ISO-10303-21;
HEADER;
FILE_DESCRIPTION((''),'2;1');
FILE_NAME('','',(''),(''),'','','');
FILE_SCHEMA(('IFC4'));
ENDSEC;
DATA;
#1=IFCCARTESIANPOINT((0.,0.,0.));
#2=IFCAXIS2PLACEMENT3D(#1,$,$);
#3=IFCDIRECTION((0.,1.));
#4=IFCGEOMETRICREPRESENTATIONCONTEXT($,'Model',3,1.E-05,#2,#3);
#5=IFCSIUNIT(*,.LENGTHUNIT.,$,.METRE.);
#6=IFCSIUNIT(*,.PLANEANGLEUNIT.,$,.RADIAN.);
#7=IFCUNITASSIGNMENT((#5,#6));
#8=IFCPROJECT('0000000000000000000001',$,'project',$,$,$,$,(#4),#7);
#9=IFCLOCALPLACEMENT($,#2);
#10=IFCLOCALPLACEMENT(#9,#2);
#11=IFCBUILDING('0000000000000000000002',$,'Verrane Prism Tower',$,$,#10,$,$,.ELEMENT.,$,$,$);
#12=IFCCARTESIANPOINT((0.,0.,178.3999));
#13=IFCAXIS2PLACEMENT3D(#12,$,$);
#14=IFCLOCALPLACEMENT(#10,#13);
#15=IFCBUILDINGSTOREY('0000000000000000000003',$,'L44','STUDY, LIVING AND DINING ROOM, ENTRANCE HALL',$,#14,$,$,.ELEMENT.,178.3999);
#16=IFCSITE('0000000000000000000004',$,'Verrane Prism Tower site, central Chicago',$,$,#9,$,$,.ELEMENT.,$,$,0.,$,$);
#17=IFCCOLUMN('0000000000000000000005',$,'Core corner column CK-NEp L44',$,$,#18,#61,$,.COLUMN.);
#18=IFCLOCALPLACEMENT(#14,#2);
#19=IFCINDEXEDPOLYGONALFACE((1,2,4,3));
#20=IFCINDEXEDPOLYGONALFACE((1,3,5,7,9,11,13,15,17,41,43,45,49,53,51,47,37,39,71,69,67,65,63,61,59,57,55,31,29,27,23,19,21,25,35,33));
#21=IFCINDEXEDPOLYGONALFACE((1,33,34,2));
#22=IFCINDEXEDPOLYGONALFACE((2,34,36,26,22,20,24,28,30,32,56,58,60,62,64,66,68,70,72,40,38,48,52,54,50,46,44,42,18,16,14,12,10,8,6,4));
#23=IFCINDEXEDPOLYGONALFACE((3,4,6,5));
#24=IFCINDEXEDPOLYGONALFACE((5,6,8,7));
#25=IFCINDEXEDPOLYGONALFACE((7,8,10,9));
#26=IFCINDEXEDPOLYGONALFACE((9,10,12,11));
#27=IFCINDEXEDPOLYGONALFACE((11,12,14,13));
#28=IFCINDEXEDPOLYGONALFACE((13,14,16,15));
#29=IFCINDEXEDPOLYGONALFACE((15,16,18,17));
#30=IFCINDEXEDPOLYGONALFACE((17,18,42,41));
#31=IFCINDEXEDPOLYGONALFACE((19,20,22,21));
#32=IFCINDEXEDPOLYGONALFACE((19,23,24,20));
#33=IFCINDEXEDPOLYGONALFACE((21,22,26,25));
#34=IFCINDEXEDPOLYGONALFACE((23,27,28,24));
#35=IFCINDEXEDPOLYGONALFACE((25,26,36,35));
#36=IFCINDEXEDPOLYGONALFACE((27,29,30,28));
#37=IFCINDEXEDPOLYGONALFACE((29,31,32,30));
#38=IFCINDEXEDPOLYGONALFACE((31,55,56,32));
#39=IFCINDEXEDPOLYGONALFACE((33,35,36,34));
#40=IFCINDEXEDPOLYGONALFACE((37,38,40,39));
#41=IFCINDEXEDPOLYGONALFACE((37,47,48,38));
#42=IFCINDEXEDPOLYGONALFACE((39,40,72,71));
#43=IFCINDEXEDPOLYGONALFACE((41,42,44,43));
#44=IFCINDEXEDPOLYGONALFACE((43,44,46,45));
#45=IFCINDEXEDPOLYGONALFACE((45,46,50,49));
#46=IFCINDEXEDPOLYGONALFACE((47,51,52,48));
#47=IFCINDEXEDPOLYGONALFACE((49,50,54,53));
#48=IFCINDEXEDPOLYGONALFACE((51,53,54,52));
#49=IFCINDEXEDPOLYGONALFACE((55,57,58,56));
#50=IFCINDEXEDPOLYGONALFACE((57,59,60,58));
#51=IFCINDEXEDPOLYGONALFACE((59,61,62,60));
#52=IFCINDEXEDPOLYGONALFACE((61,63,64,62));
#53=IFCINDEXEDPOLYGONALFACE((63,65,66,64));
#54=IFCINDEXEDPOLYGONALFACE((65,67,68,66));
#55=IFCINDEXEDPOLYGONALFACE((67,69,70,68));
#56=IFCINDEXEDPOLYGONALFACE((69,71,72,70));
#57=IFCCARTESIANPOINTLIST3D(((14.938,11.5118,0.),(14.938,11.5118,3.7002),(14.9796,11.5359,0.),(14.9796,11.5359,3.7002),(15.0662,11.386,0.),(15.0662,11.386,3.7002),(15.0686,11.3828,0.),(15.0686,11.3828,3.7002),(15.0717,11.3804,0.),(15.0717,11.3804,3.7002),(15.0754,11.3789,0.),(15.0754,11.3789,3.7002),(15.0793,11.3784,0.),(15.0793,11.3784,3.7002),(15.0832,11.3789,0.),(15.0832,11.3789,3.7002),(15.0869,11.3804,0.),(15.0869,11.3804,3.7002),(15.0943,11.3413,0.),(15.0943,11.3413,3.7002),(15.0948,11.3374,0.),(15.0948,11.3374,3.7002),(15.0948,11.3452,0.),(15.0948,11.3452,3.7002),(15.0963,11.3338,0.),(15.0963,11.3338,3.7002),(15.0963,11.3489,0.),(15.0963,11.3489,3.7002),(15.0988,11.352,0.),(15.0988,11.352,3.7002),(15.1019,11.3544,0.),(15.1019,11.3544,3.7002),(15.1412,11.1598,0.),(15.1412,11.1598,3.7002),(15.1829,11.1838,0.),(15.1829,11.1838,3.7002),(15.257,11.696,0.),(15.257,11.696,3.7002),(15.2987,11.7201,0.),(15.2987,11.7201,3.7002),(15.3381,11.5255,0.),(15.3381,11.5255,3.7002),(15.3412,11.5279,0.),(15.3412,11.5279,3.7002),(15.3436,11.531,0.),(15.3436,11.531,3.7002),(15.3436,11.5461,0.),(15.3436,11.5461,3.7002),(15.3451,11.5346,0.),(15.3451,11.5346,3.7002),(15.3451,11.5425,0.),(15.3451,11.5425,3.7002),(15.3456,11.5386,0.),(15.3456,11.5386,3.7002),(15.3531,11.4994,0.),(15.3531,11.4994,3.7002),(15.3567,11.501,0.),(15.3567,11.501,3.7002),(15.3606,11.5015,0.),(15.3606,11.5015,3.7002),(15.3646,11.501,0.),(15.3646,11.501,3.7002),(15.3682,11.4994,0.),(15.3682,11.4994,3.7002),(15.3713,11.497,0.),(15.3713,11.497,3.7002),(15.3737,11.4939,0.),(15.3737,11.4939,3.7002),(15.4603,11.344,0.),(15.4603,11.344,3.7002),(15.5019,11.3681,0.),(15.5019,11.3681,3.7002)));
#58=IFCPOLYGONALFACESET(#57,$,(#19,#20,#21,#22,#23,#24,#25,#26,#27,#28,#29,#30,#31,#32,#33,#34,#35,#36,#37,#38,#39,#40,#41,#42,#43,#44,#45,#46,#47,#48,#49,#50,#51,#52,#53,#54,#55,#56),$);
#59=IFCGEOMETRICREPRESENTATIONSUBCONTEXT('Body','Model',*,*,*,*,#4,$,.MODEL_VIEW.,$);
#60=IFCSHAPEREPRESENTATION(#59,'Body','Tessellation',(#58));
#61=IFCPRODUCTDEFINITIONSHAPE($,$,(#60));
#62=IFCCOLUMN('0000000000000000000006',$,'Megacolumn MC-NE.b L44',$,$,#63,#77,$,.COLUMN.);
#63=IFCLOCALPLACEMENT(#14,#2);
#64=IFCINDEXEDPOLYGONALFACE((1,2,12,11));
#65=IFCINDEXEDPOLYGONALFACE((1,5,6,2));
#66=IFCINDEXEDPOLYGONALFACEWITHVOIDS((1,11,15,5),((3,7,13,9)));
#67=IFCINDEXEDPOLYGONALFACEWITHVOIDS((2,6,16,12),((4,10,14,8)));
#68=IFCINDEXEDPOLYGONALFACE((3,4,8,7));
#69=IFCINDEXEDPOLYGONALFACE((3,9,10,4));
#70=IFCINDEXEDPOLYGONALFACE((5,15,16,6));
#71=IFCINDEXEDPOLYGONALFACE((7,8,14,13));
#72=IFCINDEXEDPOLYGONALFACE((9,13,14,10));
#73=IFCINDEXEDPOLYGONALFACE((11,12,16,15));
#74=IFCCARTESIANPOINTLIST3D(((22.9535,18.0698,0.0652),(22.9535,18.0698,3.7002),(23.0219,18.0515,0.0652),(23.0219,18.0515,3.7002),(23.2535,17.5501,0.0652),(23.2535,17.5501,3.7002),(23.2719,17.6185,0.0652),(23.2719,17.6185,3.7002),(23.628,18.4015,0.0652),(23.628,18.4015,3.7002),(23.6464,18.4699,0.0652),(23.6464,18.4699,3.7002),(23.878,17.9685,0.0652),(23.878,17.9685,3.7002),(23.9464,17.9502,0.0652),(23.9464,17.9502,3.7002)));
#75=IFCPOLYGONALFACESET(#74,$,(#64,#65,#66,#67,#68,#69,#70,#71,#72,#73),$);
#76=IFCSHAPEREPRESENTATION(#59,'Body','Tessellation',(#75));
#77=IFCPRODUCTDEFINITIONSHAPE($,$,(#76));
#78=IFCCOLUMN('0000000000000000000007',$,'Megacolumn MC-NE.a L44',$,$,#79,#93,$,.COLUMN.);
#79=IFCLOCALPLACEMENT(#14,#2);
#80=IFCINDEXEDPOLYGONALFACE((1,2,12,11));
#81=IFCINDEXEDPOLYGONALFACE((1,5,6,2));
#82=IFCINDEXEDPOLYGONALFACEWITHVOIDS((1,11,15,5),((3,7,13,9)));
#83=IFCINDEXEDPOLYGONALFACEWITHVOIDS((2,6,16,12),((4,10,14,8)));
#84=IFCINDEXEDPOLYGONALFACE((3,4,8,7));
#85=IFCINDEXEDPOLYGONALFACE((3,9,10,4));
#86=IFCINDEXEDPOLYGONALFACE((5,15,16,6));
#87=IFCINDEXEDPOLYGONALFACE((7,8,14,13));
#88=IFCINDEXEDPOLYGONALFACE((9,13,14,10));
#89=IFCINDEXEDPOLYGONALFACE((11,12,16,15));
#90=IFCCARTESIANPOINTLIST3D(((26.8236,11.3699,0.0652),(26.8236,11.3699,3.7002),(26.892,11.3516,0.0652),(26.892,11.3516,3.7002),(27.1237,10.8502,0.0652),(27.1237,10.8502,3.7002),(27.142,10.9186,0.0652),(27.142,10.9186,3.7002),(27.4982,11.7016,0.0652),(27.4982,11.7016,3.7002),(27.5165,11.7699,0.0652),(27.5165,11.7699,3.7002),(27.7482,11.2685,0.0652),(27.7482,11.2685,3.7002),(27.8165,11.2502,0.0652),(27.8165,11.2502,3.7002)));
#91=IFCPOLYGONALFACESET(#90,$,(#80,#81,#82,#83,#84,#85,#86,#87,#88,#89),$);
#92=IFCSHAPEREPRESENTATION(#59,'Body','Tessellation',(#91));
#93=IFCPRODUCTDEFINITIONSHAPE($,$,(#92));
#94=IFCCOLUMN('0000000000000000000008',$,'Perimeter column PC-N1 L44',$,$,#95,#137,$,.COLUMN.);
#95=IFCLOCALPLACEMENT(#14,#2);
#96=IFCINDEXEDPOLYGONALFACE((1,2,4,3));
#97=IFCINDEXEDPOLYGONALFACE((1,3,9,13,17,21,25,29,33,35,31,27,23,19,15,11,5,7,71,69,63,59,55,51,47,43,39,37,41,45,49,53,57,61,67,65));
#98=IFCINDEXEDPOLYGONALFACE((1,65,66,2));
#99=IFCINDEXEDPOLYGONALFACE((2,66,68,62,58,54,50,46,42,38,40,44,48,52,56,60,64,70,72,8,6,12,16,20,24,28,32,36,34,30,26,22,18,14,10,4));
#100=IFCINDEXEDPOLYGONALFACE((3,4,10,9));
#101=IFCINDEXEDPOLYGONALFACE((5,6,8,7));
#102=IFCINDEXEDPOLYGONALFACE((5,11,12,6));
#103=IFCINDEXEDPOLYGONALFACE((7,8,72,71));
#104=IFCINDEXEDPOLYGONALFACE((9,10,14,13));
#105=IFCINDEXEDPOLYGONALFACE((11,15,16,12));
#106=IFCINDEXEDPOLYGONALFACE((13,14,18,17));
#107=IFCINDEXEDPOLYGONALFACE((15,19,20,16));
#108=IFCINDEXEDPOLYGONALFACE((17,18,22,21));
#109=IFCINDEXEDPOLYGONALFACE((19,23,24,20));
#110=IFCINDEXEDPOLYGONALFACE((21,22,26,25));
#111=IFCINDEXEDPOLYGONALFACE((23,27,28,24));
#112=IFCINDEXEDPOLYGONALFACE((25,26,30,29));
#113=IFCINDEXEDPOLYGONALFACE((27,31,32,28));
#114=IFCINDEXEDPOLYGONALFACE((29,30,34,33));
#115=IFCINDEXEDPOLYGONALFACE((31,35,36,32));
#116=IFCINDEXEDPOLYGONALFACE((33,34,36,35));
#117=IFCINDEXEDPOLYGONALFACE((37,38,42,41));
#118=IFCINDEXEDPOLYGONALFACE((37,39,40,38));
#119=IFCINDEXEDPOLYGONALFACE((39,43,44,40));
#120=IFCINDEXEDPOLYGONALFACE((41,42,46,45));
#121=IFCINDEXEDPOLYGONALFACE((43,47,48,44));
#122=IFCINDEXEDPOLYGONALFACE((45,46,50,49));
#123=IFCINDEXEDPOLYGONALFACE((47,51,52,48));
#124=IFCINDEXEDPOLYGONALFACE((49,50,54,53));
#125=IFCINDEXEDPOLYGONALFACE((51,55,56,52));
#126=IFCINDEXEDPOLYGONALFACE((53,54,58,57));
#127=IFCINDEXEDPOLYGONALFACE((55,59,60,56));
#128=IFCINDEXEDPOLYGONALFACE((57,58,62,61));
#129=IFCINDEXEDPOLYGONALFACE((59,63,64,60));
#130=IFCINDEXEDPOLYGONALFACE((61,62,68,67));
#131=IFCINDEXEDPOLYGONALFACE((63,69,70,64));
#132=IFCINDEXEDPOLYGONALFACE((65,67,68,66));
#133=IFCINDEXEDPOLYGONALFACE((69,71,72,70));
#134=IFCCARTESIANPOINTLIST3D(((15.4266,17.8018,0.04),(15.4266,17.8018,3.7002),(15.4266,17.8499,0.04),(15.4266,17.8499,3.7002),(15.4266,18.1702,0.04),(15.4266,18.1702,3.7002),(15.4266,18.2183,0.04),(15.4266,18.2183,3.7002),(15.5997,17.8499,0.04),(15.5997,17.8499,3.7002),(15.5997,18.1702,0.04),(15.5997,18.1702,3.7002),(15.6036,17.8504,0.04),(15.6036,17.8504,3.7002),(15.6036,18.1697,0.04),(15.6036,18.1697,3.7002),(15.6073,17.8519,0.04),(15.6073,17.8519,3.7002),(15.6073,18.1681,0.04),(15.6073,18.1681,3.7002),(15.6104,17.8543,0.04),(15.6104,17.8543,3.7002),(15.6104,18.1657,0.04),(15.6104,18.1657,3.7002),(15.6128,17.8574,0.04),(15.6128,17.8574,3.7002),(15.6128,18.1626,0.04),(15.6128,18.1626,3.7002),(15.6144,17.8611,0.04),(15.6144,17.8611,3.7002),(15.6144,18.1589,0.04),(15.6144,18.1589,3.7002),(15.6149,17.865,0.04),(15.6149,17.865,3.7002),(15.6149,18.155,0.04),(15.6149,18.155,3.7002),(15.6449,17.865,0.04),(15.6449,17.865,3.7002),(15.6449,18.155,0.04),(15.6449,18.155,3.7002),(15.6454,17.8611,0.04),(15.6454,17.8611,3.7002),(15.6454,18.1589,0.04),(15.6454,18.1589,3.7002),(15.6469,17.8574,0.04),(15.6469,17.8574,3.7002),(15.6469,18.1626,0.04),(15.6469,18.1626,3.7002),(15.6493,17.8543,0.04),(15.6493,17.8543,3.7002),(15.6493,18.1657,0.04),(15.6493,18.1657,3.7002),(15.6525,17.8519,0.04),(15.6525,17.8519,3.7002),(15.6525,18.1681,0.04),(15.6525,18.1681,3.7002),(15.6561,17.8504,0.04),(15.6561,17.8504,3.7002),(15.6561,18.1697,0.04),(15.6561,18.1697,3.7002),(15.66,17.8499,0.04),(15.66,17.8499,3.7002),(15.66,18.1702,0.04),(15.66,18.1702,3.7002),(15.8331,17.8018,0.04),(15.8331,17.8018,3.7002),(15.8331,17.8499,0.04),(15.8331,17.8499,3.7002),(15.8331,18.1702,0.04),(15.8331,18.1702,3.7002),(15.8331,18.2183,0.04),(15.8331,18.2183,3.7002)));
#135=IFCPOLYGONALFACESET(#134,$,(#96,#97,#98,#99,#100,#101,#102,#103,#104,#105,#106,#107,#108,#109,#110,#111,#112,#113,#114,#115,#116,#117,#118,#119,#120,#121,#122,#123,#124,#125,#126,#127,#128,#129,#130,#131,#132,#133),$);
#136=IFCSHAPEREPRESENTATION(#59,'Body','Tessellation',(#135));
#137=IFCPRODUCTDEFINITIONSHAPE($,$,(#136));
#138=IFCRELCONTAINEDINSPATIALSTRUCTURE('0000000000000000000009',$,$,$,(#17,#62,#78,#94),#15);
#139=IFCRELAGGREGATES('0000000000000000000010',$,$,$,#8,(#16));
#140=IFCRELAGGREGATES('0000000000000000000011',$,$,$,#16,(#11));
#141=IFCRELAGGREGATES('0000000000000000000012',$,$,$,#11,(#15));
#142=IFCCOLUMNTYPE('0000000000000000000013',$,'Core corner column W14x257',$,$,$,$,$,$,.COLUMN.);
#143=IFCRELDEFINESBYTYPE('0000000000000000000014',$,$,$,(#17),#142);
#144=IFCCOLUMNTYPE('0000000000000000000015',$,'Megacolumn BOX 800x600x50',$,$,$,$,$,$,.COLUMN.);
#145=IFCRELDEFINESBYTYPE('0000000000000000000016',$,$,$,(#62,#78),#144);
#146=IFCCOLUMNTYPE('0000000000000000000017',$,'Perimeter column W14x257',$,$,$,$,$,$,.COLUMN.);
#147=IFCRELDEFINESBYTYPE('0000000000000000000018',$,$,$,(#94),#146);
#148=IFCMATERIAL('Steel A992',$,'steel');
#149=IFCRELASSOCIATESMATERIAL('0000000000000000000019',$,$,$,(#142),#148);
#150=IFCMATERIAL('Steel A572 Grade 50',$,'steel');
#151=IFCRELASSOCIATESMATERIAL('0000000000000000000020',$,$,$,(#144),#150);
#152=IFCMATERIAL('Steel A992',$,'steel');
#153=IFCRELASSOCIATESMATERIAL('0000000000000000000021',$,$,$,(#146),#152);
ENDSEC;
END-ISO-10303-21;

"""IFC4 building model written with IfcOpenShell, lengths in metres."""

from ifc_helpers import new_model, si_unit, direction, frame, origin, origin_2d, place, context, subcontext, project, spatial, hollow_rectangle, i_section, extrude, material, material_profile, profile_set, type_object, element, save


model = new_model("IFC4")

# Units and contexts
model_context = context("Model", 3, precision=1e-05, world=origin(), true_north=direction((0.0, 1.0)))
body_context = subcontext(model_context, "Body", "Model", "MODEL_VIEW")
ifc_project = project(units=[si_unit("LENGTHUNIT", "METRE"), si_unit("PLANEANGLEUNIT", "RADIAN")], contexts=[model_context])

# Site, building, storey
site_placement = place(None, origin())
site = spatial("IfcSite", under=ifc_project, at=site_placement, Name="Verrane Prism Tower site, central Chicago", CompositionType="ELEMENT", RefElevation=0.0)
building_placement = place(site_placement, origin())
building = spatial("IfcBuilding", under=site, at=building_placement, Name="Verrane Prism Tower", CompositionType="ELEMENT")
storey_placement = place(building_placement, frame((0.0, 0.0, 178.3999)))
storey = spatial("IfcBuildingStorey", under=building, at=storey_placement, Name="L44", Description="STUDY, LIVING AND DINING ROOM, ENTRANCE HALL", CompositionType="ELEMENT", Elevation=178.3999)

# Columns
ifc_material_1 = material(Name="Steel A992", Category="steel")
ifc_material_profile_1 = material_profile(ifc_material_1, i_section(OverallWidth=0.4065, OverallDepth=0.4165, WebThickness=0.03, FlangeThickness=0.0481, FilletRadius=0.0151, at=origin_2d()), Name="W14x257")
ifc_profile_set_1 = profile_set([ifc_material_profile_1], Name="Steel A992")
column_type_1 = type_object("IfcColumnType", Name="Core corner column W14x257", PredefinedType="COLUMN", material=ifc_profile_set_1)
column_1_placement = place(storey_placement, frame((15.22, 11.4399, 0.0), z_axis=(0.0, 0.0, 1.0), x_axis=(0.5, -0.866025, 0.0)))
element("IfcColumn", 1, at=column_1_placement, inside=storey, type_object=column_type_1, Name="Core corner column CK-NEp L44", PredefinedType="COLUMN", context=body_context, shape_type="SweptSolid", body=[
    extrude(i_section(OverallWidth=0.4065, OverallDepth=0.4165, WebThickness=0.03, FlangeThickness=0.0481, FilletRadius=0.0151, at=origin_2d()), origin(), (0.0, 0.0, 1.0), 3.7002),
])
ifc_material_2 = material(Name="Steel A572 Grade 50", Category="steel")
ifc_material_profile_2 = material_profile(ifc_material_2, hollow_rectangle(XDim=0.6001, YDim=0.8, WallThickness=0.05, at=origin_2d()), Name="BOX 800x600x50")
ifc_profile_set_2 = profile_set([ifc_material_profile_2], Name="Steel A572 Grade 50")
column_type_2 = type_object("IfcColumnType", Name="Megacolumn BOX 800x600x50", PredefinedType="COLUMN", material=ifc_profile_set_2)
for number, where, z_axis, x_axis, name in (
    (2, (23.45, 18.01, 0.0652), (0.0, 0.0, 1.0), (0.5, -0.866025, 0.0), "Megacolumn MC-NE.b L44"),
    (3, (27.3201, 11.3101, 0.0652), (0.0, 0.0, 1.0), (0.5, -0.866025, 0.0), "Megacolumn MC-NE.a L44"),
):
    element("IfcColumn", number, at=place(storey_placement, frame(where, z_axis=z_axis, x_axis=x_axis)), inside=storey, type_object=column_type_2, Name=name, PredefinedType="COLUMN", context=body_context, shape_type="SweptSolid", body=[
        extrude(hollow_rectangle(XDim=0.6001, YDim=0.8, WallThickness=0.05, at=origin_2d()), origin(), (0.0, 0.0, 1.0), 3.635),
    ])
ifc_material_3 = material(Name="Steel A992", Category="steel")
ifc_material_profile_3 = material_profile(ifc_material_3, i_section(OverallWidth=0.4065, OverallDepth=0.4165, WebThickness=0.03, FlangeThickness=0.0481, FilletRadius=0.0151, at=origin_2d()), Name="W14x257")
ifc_profile_set_3 = profile_set([ifc_material_profile_3], Name="Steel A992")
column_type_3 = type_object("IfcColumnType", Name="Perimeter column W14x257", PredefinedType="COLUMN", material=ifc_profile_set_3)
column_2_placement = place(storey_placement, frame((15.6299, 18.01, 0.04), z_axis=(0.0, 0.0, 1.0), x_axis=(1.0, 0.0, 0.0)))
element("IfcColumn", 4, at=column_2_placement, inside=storey, type_object=column_type_3, Name="Perimeter column PC-N1 L44", PredefinedType="COLUMN", context=body_context, shape_type="SweptSolid", body=[
    extrude(i_section(OverallWidth=0.4065, OverallDepth=0.4165, WebThickness=0.03, FlangeThickness=0.0481, FilletRadius=0.0151, at=origin_2d()), origin(), (0.0, 0.0, 1.0), 3.6602),
])

save(model, "model.ifc")
